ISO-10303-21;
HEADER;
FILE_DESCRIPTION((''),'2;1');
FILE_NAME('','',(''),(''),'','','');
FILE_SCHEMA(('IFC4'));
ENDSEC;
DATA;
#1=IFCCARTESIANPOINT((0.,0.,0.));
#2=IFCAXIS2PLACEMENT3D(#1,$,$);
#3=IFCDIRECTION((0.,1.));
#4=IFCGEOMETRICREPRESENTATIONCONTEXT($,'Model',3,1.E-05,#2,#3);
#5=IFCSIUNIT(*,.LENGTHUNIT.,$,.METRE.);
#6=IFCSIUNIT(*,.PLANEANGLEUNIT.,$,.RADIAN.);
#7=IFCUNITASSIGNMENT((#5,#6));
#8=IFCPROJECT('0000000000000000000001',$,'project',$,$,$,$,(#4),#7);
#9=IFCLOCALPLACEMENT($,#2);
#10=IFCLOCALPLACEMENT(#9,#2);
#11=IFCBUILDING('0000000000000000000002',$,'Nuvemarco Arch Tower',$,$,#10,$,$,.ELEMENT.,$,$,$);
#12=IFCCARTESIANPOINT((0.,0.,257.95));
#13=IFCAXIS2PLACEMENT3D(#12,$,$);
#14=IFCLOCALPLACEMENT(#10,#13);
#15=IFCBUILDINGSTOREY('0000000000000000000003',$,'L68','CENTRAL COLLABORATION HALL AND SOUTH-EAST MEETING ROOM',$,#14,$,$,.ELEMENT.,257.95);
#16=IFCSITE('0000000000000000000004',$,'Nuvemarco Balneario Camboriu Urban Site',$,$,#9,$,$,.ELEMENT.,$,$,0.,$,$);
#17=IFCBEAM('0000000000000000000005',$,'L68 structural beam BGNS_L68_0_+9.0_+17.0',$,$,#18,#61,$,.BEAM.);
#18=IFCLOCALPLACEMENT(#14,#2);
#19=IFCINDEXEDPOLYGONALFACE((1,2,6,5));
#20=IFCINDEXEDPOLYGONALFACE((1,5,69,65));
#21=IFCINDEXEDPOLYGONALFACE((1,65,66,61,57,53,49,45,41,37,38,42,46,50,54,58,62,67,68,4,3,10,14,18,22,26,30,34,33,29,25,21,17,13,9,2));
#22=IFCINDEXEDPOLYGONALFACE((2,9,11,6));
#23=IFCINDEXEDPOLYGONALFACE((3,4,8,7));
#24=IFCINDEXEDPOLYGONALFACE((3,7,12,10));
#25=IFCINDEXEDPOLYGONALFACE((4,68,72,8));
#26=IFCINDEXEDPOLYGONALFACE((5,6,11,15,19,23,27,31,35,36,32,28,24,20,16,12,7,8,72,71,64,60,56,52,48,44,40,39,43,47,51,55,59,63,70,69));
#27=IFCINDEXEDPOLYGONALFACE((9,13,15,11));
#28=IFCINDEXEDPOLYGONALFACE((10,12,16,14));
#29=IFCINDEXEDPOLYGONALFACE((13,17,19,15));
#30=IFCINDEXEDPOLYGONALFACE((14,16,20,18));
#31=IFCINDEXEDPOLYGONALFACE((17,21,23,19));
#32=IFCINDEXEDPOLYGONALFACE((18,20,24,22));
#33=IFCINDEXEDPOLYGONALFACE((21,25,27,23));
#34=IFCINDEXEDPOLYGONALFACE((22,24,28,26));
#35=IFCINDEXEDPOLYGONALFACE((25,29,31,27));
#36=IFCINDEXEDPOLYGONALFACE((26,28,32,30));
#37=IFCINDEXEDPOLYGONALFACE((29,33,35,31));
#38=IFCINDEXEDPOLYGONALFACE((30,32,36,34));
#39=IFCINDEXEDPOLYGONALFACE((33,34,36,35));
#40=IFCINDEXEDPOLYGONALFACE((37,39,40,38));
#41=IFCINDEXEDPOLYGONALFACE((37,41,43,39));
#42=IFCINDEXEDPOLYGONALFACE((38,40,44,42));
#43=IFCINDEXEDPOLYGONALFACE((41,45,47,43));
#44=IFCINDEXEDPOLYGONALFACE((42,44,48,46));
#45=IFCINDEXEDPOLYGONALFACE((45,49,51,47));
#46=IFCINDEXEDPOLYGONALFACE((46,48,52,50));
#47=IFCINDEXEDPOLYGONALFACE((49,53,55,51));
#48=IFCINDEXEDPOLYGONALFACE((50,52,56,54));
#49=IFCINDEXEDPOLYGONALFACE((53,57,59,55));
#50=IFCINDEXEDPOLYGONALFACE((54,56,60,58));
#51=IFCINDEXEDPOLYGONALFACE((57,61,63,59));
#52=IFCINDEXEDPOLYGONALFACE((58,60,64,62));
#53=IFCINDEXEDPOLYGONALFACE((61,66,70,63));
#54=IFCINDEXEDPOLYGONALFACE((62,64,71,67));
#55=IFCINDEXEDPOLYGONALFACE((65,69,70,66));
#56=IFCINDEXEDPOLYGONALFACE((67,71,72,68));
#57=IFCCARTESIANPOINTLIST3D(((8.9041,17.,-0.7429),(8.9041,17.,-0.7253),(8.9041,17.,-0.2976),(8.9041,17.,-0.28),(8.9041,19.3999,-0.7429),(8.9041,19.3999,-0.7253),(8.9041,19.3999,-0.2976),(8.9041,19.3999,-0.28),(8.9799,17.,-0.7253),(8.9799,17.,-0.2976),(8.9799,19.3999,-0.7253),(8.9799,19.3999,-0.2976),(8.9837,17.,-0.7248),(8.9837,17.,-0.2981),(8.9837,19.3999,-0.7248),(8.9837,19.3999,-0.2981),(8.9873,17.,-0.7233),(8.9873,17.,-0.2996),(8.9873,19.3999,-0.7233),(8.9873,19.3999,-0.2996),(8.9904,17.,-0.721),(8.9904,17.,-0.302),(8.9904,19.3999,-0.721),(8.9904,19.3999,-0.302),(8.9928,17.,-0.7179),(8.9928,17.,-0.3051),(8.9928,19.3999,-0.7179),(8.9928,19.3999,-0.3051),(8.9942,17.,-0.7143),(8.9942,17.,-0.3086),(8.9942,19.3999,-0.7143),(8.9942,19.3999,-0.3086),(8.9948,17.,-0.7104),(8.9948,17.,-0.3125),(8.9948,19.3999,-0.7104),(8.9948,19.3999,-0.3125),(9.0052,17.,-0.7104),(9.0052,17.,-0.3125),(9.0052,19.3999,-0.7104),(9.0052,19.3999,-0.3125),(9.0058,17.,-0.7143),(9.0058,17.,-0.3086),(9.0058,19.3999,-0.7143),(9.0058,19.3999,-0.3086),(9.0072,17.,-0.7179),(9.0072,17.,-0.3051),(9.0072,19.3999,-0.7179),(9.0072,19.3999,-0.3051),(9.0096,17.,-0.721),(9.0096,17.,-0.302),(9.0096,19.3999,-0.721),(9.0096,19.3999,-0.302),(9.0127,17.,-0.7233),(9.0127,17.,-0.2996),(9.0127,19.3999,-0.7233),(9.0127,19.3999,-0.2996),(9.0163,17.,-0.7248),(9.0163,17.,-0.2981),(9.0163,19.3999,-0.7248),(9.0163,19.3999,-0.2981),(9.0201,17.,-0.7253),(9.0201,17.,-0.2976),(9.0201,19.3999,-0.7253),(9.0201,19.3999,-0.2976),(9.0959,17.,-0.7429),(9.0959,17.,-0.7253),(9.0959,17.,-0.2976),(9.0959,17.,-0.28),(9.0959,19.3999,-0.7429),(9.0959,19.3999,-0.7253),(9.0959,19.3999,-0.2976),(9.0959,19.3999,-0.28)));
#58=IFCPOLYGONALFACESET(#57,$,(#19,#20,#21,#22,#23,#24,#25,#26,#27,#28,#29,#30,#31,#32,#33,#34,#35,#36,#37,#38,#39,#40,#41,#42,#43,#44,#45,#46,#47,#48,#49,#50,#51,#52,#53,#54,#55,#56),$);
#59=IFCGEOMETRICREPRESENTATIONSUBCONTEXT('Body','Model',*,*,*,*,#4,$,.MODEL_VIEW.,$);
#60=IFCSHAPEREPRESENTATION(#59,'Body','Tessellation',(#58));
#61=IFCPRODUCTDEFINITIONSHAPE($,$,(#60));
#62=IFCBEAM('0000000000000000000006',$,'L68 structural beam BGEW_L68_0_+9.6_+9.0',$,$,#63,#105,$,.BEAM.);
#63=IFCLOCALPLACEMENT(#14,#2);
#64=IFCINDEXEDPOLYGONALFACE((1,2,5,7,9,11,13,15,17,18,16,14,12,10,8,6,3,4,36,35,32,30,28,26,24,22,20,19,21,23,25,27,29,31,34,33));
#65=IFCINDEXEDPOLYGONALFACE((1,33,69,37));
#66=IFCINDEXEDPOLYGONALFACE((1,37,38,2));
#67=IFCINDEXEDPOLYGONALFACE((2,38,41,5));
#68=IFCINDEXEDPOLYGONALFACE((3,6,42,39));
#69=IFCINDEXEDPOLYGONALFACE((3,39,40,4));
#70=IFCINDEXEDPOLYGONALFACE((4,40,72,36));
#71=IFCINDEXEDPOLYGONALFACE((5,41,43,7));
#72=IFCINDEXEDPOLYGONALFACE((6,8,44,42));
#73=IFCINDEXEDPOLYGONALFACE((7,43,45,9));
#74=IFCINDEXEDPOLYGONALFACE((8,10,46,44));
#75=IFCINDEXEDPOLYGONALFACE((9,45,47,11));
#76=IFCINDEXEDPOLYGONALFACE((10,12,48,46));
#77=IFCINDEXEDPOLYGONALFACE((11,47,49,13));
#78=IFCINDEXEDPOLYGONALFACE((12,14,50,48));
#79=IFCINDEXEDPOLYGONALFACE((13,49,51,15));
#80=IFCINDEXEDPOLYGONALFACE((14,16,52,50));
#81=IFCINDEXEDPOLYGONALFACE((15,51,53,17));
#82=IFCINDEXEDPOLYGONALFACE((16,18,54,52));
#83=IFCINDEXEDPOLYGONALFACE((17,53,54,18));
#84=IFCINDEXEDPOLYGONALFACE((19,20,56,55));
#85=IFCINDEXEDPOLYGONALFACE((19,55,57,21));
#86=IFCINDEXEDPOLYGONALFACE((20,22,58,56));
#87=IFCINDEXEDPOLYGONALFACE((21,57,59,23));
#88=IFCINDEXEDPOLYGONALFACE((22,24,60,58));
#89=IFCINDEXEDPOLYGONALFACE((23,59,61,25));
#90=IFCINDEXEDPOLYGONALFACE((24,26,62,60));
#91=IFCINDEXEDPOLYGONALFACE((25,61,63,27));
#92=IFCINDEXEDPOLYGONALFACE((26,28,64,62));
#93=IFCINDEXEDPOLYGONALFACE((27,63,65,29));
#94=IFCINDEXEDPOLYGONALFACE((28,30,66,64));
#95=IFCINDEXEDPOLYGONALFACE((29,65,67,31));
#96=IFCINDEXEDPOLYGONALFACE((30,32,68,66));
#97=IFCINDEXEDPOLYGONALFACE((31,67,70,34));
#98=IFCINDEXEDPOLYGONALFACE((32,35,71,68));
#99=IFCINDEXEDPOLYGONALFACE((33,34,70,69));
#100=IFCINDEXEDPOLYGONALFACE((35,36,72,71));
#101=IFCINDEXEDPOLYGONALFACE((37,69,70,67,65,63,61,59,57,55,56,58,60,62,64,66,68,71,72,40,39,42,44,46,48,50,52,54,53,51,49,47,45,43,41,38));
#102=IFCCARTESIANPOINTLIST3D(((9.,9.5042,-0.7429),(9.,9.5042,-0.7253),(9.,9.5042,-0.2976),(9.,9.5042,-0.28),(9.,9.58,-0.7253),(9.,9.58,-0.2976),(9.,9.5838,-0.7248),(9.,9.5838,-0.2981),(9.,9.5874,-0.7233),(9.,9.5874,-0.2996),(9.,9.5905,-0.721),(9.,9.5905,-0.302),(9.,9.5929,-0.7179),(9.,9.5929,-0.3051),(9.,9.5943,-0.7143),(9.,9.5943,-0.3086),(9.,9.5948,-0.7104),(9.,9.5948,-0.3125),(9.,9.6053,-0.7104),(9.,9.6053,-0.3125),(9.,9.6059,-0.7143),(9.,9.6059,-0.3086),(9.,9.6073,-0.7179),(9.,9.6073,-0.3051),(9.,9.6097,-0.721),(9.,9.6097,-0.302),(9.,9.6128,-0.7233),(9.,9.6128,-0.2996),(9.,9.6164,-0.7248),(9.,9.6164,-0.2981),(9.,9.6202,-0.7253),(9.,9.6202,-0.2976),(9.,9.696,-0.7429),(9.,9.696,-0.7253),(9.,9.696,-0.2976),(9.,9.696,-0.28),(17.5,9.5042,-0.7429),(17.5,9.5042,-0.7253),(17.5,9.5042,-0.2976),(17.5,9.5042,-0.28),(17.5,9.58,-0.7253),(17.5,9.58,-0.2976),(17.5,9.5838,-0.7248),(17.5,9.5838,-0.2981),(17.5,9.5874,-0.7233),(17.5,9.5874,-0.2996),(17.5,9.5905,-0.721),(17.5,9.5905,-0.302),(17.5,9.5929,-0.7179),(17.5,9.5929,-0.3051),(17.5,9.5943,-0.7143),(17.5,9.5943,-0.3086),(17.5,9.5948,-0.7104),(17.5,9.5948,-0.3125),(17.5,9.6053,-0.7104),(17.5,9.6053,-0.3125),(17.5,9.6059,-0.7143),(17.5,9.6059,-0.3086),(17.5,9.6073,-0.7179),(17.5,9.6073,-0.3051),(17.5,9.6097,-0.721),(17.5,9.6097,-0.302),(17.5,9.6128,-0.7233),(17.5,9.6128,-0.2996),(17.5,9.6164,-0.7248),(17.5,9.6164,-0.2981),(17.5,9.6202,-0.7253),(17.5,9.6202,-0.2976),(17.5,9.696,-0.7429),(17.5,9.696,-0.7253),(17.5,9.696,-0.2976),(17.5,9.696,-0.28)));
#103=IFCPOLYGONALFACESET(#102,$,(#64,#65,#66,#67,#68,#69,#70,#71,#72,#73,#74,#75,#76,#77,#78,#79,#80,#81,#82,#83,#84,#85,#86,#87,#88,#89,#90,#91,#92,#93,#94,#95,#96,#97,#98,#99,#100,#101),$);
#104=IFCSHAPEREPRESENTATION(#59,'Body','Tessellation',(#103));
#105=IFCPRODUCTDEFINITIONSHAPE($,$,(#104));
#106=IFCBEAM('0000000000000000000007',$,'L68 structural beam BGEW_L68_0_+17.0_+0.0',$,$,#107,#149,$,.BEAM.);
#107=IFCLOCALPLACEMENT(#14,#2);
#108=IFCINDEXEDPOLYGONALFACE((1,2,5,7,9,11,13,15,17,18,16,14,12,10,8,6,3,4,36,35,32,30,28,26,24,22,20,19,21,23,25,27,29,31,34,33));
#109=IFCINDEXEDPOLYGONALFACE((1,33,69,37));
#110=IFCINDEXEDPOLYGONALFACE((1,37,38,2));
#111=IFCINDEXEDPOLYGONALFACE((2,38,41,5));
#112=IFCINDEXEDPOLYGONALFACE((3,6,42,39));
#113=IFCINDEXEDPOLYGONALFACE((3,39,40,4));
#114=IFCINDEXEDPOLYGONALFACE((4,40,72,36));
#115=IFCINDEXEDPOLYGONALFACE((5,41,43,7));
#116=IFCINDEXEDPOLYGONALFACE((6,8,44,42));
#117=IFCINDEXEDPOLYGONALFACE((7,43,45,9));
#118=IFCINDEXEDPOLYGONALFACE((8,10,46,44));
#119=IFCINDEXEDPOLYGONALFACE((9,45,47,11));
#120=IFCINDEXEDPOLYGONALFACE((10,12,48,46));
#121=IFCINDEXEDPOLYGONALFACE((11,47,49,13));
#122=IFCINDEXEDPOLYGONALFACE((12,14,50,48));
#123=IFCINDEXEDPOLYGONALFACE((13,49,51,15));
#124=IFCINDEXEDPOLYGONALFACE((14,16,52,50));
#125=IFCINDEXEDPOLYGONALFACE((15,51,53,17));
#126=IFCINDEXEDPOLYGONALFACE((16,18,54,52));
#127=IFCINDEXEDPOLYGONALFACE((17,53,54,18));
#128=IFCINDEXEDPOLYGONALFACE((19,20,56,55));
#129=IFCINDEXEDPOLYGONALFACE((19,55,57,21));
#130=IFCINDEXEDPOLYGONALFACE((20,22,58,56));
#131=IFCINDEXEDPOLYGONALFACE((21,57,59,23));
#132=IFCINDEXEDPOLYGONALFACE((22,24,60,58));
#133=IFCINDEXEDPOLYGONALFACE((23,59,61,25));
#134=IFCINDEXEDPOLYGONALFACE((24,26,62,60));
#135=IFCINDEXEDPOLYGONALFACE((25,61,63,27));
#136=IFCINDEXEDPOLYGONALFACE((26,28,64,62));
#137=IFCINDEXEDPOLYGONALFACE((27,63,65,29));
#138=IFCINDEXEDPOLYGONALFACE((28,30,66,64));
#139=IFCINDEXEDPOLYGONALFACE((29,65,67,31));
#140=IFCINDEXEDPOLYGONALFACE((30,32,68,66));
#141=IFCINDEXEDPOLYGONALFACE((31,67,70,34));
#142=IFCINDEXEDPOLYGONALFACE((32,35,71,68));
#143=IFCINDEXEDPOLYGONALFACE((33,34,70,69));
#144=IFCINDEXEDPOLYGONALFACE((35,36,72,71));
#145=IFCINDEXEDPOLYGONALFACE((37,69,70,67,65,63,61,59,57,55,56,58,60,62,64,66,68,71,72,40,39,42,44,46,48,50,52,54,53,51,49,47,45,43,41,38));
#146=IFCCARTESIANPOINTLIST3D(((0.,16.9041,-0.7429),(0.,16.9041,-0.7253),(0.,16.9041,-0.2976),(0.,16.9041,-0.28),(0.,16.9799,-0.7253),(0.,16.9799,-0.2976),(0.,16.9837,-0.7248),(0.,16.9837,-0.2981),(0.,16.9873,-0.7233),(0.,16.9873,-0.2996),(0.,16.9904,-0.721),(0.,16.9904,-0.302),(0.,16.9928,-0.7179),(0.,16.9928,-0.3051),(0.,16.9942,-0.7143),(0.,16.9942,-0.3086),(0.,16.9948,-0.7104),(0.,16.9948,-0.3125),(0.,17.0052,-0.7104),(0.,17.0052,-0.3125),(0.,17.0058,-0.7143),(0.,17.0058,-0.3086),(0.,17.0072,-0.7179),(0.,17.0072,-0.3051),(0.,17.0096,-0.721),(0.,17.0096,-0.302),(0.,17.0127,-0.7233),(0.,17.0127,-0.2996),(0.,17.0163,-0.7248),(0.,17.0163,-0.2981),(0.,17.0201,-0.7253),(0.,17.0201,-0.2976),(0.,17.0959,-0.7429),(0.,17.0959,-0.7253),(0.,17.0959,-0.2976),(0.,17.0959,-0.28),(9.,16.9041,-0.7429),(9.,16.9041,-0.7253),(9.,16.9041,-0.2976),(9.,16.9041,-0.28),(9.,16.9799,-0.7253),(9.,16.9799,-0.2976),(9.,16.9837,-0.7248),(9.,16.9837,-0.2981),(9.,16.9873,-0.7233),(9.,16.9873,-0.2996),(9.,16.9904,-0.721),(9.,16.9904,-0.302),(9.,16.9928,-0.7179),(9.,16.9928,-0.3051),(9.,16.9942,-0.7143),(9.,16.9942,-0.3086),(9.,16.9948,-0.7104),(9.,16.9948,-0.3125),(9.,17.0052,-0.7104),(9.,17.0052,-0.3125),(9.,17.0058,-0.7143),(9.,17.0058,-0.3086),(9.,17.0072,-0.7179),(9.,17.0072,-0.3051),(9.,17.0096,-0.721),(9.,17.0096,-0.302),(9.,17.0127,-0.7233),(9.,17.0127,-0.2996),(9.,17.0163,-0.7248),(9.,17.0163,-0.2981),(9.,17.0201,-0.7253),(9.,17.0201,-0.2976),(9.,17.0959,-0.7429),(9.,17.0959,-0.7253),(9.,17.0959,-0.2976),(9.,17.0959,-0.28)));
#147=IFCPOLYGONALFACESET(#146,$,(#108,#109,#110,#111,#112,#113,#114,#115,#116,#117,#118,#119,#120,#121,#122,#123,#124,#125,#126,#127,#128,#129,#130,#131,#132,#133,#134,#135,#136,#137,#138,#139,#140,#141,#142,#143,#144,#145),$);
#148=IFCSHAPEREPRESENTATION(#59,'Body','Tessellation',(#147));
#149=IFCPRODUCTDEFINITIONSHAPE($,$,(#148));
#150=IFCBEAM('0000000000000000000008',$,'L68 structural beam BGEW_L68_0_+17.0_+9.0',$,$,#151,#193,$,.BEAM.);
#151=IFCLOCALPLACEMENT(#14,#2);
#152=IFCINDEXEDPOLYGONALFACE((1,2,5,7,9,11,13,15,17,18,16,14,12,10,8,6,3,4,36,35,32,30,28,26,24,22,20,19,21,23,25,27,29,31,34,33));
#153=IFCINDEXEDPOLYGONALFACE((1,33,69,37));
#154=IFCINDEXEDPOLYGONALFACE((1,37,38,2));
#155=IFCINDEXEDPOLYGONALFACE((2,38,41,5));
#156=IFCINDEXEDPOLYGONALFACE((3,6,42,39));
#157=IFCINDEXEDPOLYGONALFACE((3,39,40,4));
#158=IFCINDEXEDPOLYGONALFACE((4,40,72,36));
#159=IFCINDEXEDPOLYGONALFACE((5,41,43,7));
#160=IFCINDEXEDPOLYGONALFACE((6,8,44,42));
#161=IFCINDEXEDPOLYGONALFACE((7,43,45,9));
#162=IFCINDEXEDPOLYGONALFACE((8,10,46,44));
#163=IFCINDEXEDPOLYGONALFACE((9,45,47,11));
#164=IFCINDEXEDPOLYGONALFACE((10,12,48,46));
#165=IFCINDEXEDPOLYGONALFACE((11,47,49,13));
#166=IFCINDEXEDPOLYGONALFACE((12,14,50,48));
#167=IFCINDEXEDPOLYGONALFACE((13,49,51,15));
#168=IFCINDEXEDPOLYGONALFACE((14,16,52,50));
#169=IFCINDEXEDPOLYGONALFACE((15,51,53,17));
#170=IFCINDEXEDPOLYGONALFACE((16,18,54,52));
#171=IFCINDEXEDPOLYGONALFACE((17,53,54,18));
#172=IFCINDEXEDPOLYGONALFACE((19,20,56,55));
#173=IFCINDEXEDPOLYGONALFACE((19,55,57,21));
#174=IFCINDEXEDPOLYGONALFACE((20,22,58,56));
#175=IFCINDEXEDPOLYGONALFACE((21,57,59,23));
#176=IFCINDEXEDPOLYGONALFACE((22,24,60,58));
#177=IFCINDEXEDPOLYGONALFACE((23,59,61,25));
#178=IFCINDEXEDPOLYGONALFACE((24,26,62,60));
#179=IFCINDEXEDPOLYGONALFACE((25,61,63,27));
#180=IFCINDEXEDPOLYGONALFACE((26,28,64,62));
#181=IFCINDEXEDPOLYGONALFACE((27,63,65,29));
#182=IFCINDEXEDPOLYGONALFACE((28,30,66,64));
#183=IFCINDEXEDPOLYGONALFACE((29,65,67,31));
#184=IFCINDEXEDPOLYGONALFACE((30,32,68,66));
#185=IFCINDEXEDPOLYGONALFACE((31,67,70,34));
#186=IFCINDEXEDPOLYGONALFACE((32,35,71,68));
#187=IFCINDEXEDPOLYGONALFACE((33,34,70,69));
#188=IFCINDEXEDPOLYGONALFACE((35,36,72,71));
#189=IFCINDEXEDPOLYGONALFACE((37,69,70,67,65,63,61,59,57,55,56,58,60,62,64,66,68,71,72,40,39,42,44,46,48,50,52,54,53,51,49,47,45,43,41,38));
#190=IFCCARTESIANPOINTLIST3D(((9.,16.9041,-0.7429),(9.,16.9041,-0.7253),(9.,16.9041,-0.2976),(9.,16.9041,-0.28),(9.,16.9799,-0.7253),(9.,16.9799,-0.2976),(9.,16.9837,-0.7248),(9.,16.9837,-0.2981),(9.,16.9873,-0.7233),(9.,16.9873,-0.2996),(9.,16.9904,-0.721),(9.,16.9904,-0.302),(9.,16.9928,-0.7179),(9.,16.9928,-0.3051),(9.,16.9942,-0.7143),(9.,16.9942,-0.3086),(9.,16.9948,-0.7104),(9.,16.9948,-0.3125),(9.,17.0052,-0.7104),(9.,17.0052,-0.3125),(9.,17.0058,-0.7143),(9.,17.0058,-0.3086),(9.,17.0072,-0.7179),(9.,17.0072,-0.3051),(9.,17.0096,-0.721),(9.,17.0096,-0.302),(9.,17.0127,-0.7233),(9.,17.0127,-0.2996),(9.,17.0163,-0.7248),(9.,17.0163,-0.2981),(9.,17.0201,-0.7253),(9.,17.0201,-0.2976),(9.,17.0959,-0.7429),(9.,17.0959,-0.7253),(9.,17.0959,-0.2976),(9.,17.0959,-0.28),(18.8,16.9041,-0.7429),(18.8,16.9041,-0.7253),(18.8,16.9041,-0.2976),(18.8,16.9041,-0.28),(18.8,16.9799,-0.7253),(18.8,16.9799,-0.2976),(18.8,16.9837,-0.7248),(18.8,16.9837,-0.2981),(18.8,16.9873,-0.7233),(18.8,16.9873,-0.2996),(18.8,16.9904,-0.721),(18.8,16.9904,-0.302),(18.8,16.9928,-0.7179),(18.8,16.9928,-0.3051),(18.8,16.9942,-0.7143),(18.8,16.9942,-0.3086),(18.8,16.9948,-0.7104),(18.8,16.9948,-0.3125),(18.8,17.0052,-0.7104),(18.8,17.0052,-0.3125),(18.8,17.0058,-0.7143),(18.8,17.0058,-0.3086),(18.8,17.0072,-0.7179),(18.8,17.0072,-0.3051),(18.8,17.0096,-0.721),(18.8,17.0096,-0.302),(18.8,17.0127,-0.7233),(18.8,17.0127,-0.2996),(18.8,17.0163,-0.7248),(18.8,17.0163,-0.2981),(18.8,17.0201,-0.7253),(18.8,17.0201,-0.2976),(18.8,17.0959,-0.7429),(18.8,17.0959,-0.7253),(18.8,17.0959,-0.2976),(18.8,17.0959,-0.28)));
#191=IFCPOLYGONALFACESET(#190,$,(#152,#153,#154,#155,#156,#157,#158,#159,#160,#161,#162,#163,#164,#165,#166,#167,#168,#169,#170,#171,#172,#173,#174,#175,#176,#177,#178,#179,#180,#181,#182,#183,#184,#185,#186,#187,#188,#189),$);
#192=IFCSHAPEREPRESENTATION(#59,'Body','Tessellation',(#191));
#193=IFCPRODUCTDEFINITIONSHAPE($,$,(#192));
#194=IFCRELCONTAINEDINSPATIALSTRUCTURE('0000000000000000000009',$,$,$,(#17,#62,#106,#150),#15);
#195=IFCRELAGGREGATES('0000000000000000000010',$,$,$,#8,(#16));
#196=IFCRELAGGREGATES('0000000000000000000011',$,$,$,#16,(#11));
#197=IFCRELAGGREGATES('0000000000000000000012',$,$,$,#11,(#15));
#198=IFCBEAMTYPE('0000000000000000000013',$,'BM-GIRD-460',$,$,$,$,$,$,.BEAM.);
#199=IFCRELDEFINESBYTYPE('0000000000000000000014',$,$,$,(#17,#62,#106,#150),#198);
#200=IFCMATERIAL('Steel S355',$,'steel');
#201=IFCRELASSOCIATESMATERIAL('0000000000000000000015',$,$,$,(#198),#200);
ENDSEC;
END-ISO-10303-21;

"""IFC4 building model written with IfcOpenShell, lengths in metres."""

from ifc_helpers import new_model, si_unit, direction, frame, origin, origin_2d, place, context, subcontext, project, spatial, i_section, extrude, material, material_profile, profile_set, type_object, element, save


model = new_model("IFC4")

# Units and contexts
model_context = context("Model", 3, precision=1e-05, world=origin(), true_north=direction((0.0, 1.0)))
body_context = subcontext(model_context, "Body", "Model", "MODEL_VIEW")
ifc_project = project(units=[si_unit("LENGTHUNIT", "METRE"), si_unit("PLANEANGLEUNIT", "RADIAN")], contexts=[model_context])

# Site, building, storey
site_placement = place(None, origin())
site = spatial("IfcSite", under=ifc_project, at=site_placement, Name="Nuvemarco Balneario Camboriu Urban Site", CompositionType="ELEMENT", RefElevation=0.0)
building_placement = place(site_placement, origin())
building = spatial("IfcBuilding", under=site, at=building_placement, Name="Nuvemarco Arch Tower", CompositionType="ELEMENT")
storey_placement = place(building_placement, frame((0.0, 0.0, 257.95)))
storey = spatial("IfcBuildingStorey", under=building, at=storey_placement, Name="L68", Description="CENTRAL COLLABORATION HALL AND SOUTH-EAST MEETING ROOM", CompositionType="ELEMENT", Elevation=257.95)

# Shared definitions
ifc_material_1 = material(Name="Steel S355", Category="steel")

# Beams
ifc_material_profile_1 = material_profile(ifc_material_1, i_section(OverallWidth=0.1919, OverallDepth=0.4629, WebThickness=0.0105, FlangeThickness=0.0176, FilletRadius=0.0149, at=origin_2d()), Name="W460x89")
ifc_profile_set_1 = profile_set([ifc_material_profile_1], Name="Steel S355")
beam_type_1 = type_object("IfcBeamType", Name="BM-GIRD-460", PredefinedType="BEAM", material=ifc_profile_set_1)
beam_1_placement = place(storey_placement, frame((9.0, 17.0, -0.5115), z_axis=(0.0, 1.0, 0.0), x_axis=(-1.0, 0.0, 0.0)))
element("IfcBeam", 1, at=beam_1_placement, inside=storey, type_object=beam_type_1, Name="L68 structural beam BGNS_L68_0_+9.0_+17.0", PredefinedType="BEAM", context=body_context, shape_type="SweptSolid", body=[
    extrude(i_section(OverallWidth=0.1919, OverallDepth=0.4629, WebThickness=0.0105, FlangeThickness=0.0176, FilletRadius=0.0149, at=origin_2d()), origin(), (0.0, 0.0, 1.0), 2.3999),
])
beam_2_placement = place(storey_placement, frame((9.0, 9.6001, -0.5115), z_axis=(1.0, 0.0, 0.0), x_axis=(0.0, 1.0, 0.0)))
element("IfcBeam", 2, at=beam_2_placement, inside=storey, type_object=beam_type_1, Name="L68 structural beam BGEW_L68_0_+9.6_+9.0", PredefinedType="BEAM", context=body_context, shape_type="SweptSolid", body=[
    extrude(i_section(OverallWidth=0.1919, OverallDepth=0.4629, WebThickness=0.0105, FlangeThickness=0.0176, FilletRadius=0.0149, at=origin_2d()), origin(), (0.0, 0.0, 1.0), 8.5),
])
beam_3_placement = place(storey_placement, frame((0.0, 17.0, -0.5115), z_axis=(1.0, 0.0, 0.0), x_axis=(0.0, 1.0, 0.0)))
element("IfcBeam", 3, at=beam_3_placement, inside=storey, type_object=beam_type_1, Name="L68 structural beam BGEW_L68_0_+17.0_+0.0", PredefinedType="BEAM", context=body_context, shape_type="SweptSolid", body=[
    extrude(i_section(OverallWidth=0.1919, OverallDepth=0.4629, WebThickness=0.0105, FlangeThickness=0.0176, FilletRadius=0.0149, at=origin_2d()), origin(), (0.0, 0.0, 1.0), 9.0),
])
beam_4_placement = place(storey_placement, frame((9.0, 17.0, -0.5115), z_axis=(1.0, 0.0, 0.0), x_axis=(0.0, 1.0, 0.0)))
element("IfcBeam", 4, at=beam_4_placement, inside=storey, type_object=beam_type_1, Name="L68 structural beam BGEW_L68_0_+17.0_+9.0", PredefinedType="BEAM", context=body_context, shape_type="SweptSolid", body=[
    extrude(i_section(OverallWidth=0.1919, OverallDepth=0.4629, WebThickness=0.0105, FlangeThickness=0.0176, FilletRadius=0.0149, at=origin_2d()), origin(), (0.0, 0.0, 1.0), 9.8),
])

save(model, "model.ifc")
